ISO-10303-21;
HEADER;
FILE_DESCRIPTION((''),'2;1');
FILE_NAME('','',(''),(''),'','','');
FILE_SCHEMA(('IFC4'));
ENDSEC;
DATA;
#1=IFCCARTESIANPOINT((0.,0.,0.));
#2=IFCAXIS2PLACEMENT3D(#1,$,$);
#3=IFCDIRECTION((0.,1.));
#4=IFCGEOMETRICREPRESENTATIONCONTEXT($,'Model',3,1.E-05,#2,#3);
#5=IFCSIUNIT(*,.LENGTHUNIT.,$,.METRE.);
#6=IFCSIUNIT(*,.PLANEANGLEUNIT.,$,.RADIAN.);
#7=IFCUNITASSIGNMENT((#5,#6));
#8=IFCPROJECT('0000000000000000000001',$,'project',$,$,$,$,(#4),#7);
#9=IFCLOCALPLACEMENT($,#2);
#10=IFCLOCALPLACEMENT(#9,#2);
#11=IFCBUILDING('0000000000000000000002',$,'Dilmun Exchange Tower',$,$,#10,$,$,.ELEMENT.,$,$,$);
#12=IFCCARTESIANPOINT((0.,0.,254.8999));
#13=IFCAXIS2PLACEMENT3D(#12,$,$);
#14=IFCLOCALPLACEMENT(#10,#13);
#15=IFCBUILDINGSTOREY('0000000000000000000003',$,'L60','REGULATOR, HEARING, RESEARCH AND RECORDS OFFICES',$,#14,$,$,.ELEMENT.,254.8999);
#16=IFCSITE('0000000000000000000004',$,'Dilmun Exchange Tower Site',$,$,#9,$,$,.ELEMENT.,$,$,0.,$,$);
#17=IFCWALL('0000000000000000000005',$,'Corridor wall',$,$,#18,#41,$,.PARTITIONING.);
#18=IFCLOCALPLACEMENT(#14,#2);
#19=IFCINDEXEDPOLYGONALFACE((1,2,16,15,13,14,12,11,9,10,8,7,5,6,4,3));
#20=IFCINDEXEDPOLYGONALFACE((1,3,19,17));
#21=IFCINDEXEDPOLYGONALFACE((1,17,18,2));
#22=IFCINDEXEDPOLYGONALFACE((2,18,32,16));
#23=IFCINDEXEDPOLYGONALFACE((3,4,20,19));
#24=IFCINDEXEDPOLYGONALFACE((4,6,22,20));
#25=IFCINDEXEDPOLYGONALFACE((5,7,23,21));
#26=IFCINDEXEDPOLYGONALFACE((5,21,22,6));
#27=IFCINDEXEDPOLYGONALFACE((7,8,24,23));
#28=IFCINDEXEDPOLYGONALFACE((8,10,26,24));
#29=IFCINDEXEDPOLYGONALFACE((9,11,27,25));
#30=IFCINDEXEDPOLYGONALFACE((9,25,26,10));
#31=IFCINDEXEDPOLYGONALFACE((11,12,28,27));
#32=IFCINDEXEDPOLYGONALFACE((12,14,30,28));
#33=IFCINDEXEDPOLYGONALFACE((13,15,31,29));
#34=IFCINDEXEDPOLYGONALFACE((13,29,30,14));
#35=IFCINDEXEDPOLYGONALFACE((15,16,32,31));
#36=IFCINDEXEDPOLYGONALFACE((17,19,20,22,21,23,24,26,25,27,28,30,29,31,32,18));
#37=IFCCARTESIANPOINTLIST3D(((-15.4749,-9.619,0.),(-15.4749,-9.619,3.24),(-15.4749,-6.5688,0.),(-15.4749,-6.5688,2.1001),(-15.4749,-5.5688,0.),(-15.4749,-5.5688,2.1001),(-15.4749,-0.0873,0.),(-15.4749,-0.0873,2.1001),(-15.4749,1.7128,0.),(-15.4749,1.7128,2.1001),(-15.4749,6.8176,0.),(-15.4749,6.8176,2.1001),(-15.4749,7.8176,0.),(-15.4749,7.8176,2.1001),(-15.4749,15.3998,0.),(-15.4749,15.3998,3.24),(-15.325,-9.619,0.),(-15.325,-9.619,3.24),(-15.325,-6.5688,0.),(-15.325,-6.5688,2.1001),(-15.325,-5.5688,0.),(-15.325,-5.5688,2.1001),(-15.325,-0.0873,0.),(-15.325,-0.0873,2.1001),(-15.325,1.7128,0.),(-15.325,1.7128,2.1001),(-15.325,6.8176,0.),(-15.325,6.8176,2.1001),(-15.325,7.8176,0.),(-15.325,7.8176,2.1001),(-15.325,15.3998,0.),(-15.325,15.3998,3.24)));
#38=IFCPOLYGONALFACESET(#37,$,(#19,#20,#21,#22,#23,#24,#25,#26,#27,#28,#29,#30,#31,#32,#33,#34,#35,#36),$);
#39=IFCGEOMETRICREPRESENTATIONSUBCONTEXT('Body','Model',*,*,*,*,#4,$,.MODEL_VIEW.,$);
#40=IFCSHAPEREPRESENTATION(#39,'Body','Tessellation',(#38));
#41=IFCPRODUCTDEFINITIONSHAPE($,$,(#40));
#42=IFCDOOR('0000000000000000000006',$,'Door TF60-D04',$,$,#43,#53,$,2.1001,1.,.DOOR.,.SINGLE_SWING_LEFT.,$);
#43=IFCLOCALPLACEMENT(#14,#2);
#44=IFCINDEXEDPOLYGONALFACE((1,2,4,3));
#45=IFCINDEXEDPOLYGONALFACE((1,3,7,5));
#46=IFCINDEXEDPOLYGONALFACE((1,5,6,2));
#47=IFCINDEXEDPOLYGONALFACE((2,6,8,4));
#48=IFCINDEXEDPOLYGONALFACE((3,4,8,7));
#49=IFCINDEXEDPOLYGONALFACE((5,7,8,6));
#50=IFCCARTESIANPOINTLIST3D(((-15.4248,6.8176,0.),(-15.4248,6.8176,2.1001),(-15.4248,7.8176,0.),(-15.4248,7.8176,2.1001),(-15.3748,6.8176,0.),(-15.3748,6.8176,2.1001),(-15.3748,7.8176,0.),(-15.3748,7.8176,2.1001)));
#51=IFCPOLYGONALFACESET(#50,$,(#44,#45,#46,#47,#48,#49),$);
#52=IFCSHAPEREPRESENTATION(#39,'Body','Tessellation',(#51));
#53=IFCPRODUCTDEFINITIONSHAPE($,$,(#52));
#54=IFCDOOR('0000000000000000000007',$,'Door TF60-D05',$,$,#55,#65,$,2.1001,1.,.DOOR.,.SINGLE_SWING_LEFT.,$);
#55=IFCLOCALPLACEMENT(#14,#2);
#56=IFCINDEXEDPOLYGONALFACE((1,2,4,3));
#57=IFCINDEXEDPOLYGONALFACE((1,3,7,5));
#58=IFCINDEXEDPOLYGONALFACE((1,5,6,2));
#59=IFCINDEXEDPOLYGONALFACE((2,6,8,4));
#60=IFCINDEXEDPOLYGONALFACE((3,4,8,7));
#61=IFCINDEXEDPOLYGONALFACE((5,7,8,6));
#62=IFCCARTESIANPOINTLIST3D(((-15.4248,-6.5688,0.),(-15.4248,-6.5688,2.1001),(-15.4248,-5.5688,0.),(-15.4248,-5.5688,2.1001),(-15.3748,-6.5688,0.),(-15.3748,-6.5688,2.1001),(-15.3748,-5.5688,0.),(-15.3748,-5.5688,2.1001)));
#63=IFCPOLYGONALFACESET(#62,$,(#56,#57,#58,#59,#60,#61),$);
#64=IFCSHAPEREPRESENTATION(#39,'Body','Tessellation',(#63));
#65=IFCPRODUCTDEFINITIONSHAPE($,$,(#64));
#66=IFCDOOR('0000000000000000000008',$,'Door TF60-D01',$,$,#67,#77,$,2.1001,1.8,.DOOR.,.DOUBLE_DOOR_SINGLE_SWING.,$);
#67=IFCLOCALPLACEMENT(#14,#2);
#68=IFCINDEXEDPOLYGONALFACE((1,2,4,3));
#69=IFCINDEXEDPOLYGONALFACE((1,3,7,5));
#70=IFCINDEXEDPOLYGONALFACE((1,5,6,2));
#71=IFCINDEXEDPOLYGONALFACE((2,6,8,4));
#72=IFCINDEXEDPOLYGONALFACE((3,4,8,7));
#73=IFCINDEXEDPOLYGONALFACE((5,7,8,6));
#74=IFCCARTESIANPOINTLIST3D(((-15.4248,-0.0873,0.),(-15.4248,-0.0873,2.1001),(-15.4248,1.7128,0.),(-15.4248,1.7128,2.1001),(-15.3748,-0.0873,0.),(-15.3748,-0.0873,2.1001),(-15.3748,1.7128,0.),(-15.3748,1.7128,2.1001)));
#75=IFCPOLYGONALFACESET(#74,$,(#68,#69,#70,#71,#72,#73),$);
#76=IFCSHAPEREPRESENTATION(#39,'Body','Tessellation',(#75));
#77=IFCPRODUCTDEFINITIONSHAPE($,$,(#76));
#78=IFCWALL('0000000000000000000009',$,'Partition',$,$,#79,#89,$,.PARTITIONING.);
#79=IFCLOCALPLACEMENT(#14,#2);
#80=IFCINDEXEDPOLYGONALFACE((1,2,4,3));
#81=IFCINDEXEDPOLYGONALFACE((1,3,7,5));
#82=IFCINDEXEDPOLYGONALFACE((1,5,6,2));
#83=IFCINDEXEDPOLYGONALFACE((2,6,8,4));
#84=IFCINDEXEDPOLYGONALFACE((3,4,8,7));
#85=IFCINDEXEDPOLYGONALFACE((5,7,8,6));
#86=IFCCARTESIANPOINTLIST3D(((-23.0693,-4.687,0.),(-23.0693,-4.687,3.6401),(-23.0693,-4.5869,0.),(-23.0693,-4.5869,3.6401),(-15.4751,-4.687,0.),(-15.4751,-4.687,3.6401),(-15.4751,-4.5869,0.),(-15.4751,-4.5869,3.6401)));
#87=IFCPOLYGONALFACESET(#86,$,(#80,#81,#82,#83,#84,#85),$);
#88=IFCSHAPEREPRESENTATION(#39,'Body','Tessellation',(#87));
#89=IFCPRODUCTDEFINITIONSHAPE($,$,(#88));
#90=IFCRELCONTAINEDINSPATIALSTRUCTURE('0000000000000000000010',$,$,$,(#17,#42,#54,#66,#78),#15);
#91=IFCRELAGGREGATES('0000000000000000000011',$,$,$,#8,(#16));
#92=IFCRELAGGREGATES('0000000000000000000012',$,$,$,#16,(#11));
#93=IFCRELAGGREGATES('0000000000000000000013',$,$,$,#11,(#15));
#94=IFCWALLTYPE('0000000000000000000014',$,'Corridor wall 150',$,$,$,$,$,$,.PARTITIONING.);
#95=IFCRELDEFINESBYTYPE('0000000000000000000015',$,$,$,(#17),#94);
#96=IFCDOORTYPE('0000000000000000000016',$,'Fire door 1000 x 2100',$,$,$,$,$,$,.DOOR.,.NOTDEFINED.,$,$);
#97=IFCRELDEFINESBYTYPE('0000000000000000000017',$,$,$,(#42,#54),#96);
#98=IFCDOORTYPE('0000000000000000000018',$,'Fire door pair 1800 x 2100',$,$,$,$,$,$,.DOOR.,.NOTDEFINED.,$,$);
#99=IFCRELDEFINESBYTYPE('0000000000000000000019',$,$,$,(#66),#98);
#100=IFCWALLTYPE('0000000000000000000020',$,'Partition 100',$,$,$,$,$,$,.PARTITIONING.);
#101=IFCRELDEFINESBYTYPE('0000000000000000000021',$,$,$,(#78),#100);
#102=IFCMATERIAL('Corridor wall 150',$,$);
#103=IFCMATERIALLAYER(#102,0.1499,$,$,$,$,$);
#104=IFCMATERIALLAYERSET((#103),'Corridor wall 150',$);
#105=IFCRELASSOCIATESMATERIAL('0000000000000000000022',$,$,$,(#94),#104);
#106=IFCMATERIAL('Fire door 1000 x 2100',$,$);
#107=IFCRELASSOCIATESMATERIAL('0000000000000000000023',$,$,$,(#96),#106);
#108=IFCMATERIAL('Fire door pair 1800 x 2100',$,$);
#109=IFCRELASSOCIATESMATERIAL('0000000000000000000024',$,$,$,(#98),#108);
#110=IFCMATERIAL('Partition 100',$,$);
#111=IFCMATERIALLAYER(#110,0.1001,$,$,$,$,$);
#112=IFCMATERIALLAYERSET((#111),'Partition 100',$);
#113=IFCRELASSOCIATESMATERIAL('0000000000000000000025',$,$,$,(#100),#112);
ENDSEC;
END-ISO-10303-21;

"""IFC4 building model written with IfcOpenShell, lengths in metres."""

from ifc_helpers import new_model, si_unit, direction, frame, frame_2d, origin, place, context, subcontext, project, spatial, rectangle, extrude, material, layer, layer_set, type_object, element, fill, save


model = new_model("IFC4")

# Units and contexts
model_context = context("Model", 3, precision=1e-05, world=origin(), true_north=direction((0.0, 1.0)))
body_context = subcontext(model_context, "Body", "Model", "MODEL_VIEW")
ifc_project = project(units=[si_unit("LENGTHUNIT", "METRE"), si_unit("PLANEANGLEUNIT", "RADIAN")], contexts=[model_context])

# Site, building, storey
site_placement = place(None, origin())
site = spatial("IfcSite", under=ifc_project, at=site_placement, Name="Dilmun Exchange Tower Site", CompositionType="ELEMENT", RefElevation=0.0)
building_placement = place(site_placement, origin())
building = spatial("IfcBuilding", under=site, at=building_placement, Name="Dilmun Exchange Tower", CompositionType="ELEMENT")
storey_placement = place(building_placement, frame((0.0, 0.0, 254.8999)))
storey = spatial("IfcBuildingStorey", under=building, at=storey_placement, Name="L60", Description="REGULATOR, HEARING, RESEARCH AND RECORDS OFFICES", CompositionType="ELEMENT", Elevation=254.8999)

# Shared definitions
ifc_material_1 = material(Name="Corridor wall 150")
ifc_layer_1 = layer(ifc_material_1, 0.1499)
ifc_layer_set_1 = layer_set([ifc_layer_1], Name="Corridor wall 150")
wall_type_1 = type_object("IfcWallType", Name="Corridor wall 150", PredefinedType="PARTITIONING", material=ifc_layer_set_1)

# Wall, openings, doors
wall_1_placement = place(storey_placement, frame((-15.3999, -9.6189, 0.0), z_axis=(0.0, 0.0, 1.0), x_axis=(0.0, 1.0, 0.0)))
wall_1 = element("IfcWall", 1, at=wall_1_placement, inside=storey, type_object=wall_type_1, Name="Corridor wall", PredefinedType="PARTITIONING", context=body_context, shape_type="SweptSolid", body=[
    extrude(rectangle(XDim=25.0188, YDim=0.1499, at=frame_2d((12.5093, 0.0))), origin(), (0.0, 0.0, 1.0), 3.24),
])
opening_1_placement = place(wall_1_placement, frame((9.5317, 0.0, 0.0)))
opening_1 = element("IfcOpeningElement", 2, at=opening_1_placement, cuts=wall_1, PredefinedType="OPENING", context=body_context, shape_type="SweptSolid", body=[
    extrude(rectangle(XDim=1.8, YDim=2.1001, at=frame_2d((0.8999, 1.05))), frame((0.0, 0.085, 0.0), z_axis=(0.0, -1.0, 0.0), x_axis=(1.0, 0.0, 0.0)), (0.0, 0.0, 1.0), 0.1699),
])
opening_2_placement = place(wall_1_placement, frame((16.4365, 0.0, 0.0)))
opening_2 = element("IfcOpeningElement", 3, at=opening_2_placement, cuts=wall_1, PredefinedType="OPENING", context=body_context, shape_type="SweptSolid", body=[
    extrude(rectangle(XDim=1.0, YDim=2.1001, at=frame_2d((0.5, 1.05))), frame((0.0, 0.085, 0.0), z_axis=(0.0, -1.0, 0.0), x_axis=(1.0, 0.0, 0.0)), (0.0, 0.0, 1.0), 0.1699),
])
opening_3_placement = place(wall_1_placement, frame((3.05, 0.0, 0.0)))
opening_3 = element("IfcOpeningElement", 4, at=opening_3_placement, cuts=wall_1, PredefinedType="OPENING", context=body_context, shape_type="SweptSolid", body=[
    extrude(rectangle(XDim=1.0, YDim=2.1001, at=frame_2d((0.5, 1.05))), frame((0.0, 0.085, 0.0), z_axis=(0.0, -1.0, 0.0), x_axis=(1.0, 0.0, 0.0)), (0.0, 0.0, 1.0), 0.1699),
])
ifc_material_2 = material(Name="Fire door 1000 x 2100")
door_type_1 = type_object("IfcDoorType", Name="Fire door 1000 x 2100", OperationType="NOTDEFINED", PredefinedType="DOOR", material=ifc_material_2)
door_1_placement = place(opening_2_placement, origin())
door_1 = element("IfcDoor", 5, at=door_1_placement, inside=storey, type_object=door_type_1, Name="Door TF60-D04", OperationType="SINGLE_SWING_LEFT", OverallHeight=2.1001, OverallWidth=1.0, PredefinedType="DOOR", context=body_context, shape_type="SweptSolid", body=[
    extrude(rectangle(XDim=1.0, YDim=2.1001, at=frame_2d((0.5, 1.05))), frame((0.0, 0.0249, 0.0), z_axis=(0.0, -1.0, 0.0), x_axis=(1.0, 0.0, 0.0)), (0.0, 0.0, 1.0), 0.05),
])
fill(opening_2, door_1)
door_2_placement = place(opening_3_placement, origin())
door_2 = element("IfcDoor", 6, at=door_2_placement, inside=storey, type_object=door_type_1, Name="Door TF60-D05", OperationType="SINGLE_SWING_LEFT", OverallHeight=2.1001, OverallWidth=1.0, PredefinedType="DOOR", context=body_context, shape_type="SweptSolid", body=[
    extrude(rectangle(XDim=1.0, YDim=2.1001, at=frame_2d((0.5, 1.05))), frame((0.0, 0.0249, 0.0), z_axis=(0.0, -1.0, 0.0), x_axis=(1.0, 0.0, 0.0)), (0.0, 0.0, 1.0), 0.05),
])
fill(opening_3, door_2)
ifc_material_3 = material(Name="Fire door pair 1800 x 2100")
door_type_2 = type_object("IfcDoorType", Name="Fire door pair 1800 x 2100", OperationType="NOTDEFINED", PredefinedType="DOOR", material=ifc_material_3)
door_3_placement = place(opening_1_placement, origin())
door_3 = element("IfcDoor", 7, at=door_3_placement, inside=storey, type_object=door_type_2, Name="Door TF60-D01", OperationType="DOUBLE_DOOR_SINGLE_SWING", OverallHeight=2.1001, OverallWidth=1.8, PredefinedType="DOOR", context=body_context, shape_type="SweptSolid", body=[
    extrude(rectangle(XDim=1.8, YDim=2.1001, at=frame_2d((0.8999, 1.05))), frame((0.0, 0.0249, 0.0), z_axis=(0.0, -1.0, 0.0), x_axis=(1.0, 0.0, 0.0)), (0.0, 0.0, 1.0), 0.05),
])
fill(opening_1, door_3)

# Wall
ifc_material_4 = material(Name="Partition 100")
ifc_layer_2 = layer(ifc_material_4, 0.1001)
ifc_layer_set_2 = layer_set([ifc_layer_2], Name="Partition 100")
wall_type_2 = type_object("IfcWallType", Name="Partition 100", PredefinedType="PARTITIONING", material=ifc_layer_set_2)
wall_2_placement = place(storey_placement, frame((-23.0693, -4.637, 0.0), z_axis=(0.0, 0.0, 1.0), x_axis=(1.0, 0.0, 0.0)))
element("IfcWall", 8, at=wall_2_placement, inside=storey, type_object=wall_type_2, Name="Partition", PredefinedType="PARTITIONING", context=body_context, shape_type="SweptSolid", body=[
    extrude(rectangle(XDim=7.5942, YDim=0.1001, at=frame_2d((3.7971, 0.0))), origin(), (0.0, 0.0, 1.0), 3.6401),
])

save(model, "model.ifc")
